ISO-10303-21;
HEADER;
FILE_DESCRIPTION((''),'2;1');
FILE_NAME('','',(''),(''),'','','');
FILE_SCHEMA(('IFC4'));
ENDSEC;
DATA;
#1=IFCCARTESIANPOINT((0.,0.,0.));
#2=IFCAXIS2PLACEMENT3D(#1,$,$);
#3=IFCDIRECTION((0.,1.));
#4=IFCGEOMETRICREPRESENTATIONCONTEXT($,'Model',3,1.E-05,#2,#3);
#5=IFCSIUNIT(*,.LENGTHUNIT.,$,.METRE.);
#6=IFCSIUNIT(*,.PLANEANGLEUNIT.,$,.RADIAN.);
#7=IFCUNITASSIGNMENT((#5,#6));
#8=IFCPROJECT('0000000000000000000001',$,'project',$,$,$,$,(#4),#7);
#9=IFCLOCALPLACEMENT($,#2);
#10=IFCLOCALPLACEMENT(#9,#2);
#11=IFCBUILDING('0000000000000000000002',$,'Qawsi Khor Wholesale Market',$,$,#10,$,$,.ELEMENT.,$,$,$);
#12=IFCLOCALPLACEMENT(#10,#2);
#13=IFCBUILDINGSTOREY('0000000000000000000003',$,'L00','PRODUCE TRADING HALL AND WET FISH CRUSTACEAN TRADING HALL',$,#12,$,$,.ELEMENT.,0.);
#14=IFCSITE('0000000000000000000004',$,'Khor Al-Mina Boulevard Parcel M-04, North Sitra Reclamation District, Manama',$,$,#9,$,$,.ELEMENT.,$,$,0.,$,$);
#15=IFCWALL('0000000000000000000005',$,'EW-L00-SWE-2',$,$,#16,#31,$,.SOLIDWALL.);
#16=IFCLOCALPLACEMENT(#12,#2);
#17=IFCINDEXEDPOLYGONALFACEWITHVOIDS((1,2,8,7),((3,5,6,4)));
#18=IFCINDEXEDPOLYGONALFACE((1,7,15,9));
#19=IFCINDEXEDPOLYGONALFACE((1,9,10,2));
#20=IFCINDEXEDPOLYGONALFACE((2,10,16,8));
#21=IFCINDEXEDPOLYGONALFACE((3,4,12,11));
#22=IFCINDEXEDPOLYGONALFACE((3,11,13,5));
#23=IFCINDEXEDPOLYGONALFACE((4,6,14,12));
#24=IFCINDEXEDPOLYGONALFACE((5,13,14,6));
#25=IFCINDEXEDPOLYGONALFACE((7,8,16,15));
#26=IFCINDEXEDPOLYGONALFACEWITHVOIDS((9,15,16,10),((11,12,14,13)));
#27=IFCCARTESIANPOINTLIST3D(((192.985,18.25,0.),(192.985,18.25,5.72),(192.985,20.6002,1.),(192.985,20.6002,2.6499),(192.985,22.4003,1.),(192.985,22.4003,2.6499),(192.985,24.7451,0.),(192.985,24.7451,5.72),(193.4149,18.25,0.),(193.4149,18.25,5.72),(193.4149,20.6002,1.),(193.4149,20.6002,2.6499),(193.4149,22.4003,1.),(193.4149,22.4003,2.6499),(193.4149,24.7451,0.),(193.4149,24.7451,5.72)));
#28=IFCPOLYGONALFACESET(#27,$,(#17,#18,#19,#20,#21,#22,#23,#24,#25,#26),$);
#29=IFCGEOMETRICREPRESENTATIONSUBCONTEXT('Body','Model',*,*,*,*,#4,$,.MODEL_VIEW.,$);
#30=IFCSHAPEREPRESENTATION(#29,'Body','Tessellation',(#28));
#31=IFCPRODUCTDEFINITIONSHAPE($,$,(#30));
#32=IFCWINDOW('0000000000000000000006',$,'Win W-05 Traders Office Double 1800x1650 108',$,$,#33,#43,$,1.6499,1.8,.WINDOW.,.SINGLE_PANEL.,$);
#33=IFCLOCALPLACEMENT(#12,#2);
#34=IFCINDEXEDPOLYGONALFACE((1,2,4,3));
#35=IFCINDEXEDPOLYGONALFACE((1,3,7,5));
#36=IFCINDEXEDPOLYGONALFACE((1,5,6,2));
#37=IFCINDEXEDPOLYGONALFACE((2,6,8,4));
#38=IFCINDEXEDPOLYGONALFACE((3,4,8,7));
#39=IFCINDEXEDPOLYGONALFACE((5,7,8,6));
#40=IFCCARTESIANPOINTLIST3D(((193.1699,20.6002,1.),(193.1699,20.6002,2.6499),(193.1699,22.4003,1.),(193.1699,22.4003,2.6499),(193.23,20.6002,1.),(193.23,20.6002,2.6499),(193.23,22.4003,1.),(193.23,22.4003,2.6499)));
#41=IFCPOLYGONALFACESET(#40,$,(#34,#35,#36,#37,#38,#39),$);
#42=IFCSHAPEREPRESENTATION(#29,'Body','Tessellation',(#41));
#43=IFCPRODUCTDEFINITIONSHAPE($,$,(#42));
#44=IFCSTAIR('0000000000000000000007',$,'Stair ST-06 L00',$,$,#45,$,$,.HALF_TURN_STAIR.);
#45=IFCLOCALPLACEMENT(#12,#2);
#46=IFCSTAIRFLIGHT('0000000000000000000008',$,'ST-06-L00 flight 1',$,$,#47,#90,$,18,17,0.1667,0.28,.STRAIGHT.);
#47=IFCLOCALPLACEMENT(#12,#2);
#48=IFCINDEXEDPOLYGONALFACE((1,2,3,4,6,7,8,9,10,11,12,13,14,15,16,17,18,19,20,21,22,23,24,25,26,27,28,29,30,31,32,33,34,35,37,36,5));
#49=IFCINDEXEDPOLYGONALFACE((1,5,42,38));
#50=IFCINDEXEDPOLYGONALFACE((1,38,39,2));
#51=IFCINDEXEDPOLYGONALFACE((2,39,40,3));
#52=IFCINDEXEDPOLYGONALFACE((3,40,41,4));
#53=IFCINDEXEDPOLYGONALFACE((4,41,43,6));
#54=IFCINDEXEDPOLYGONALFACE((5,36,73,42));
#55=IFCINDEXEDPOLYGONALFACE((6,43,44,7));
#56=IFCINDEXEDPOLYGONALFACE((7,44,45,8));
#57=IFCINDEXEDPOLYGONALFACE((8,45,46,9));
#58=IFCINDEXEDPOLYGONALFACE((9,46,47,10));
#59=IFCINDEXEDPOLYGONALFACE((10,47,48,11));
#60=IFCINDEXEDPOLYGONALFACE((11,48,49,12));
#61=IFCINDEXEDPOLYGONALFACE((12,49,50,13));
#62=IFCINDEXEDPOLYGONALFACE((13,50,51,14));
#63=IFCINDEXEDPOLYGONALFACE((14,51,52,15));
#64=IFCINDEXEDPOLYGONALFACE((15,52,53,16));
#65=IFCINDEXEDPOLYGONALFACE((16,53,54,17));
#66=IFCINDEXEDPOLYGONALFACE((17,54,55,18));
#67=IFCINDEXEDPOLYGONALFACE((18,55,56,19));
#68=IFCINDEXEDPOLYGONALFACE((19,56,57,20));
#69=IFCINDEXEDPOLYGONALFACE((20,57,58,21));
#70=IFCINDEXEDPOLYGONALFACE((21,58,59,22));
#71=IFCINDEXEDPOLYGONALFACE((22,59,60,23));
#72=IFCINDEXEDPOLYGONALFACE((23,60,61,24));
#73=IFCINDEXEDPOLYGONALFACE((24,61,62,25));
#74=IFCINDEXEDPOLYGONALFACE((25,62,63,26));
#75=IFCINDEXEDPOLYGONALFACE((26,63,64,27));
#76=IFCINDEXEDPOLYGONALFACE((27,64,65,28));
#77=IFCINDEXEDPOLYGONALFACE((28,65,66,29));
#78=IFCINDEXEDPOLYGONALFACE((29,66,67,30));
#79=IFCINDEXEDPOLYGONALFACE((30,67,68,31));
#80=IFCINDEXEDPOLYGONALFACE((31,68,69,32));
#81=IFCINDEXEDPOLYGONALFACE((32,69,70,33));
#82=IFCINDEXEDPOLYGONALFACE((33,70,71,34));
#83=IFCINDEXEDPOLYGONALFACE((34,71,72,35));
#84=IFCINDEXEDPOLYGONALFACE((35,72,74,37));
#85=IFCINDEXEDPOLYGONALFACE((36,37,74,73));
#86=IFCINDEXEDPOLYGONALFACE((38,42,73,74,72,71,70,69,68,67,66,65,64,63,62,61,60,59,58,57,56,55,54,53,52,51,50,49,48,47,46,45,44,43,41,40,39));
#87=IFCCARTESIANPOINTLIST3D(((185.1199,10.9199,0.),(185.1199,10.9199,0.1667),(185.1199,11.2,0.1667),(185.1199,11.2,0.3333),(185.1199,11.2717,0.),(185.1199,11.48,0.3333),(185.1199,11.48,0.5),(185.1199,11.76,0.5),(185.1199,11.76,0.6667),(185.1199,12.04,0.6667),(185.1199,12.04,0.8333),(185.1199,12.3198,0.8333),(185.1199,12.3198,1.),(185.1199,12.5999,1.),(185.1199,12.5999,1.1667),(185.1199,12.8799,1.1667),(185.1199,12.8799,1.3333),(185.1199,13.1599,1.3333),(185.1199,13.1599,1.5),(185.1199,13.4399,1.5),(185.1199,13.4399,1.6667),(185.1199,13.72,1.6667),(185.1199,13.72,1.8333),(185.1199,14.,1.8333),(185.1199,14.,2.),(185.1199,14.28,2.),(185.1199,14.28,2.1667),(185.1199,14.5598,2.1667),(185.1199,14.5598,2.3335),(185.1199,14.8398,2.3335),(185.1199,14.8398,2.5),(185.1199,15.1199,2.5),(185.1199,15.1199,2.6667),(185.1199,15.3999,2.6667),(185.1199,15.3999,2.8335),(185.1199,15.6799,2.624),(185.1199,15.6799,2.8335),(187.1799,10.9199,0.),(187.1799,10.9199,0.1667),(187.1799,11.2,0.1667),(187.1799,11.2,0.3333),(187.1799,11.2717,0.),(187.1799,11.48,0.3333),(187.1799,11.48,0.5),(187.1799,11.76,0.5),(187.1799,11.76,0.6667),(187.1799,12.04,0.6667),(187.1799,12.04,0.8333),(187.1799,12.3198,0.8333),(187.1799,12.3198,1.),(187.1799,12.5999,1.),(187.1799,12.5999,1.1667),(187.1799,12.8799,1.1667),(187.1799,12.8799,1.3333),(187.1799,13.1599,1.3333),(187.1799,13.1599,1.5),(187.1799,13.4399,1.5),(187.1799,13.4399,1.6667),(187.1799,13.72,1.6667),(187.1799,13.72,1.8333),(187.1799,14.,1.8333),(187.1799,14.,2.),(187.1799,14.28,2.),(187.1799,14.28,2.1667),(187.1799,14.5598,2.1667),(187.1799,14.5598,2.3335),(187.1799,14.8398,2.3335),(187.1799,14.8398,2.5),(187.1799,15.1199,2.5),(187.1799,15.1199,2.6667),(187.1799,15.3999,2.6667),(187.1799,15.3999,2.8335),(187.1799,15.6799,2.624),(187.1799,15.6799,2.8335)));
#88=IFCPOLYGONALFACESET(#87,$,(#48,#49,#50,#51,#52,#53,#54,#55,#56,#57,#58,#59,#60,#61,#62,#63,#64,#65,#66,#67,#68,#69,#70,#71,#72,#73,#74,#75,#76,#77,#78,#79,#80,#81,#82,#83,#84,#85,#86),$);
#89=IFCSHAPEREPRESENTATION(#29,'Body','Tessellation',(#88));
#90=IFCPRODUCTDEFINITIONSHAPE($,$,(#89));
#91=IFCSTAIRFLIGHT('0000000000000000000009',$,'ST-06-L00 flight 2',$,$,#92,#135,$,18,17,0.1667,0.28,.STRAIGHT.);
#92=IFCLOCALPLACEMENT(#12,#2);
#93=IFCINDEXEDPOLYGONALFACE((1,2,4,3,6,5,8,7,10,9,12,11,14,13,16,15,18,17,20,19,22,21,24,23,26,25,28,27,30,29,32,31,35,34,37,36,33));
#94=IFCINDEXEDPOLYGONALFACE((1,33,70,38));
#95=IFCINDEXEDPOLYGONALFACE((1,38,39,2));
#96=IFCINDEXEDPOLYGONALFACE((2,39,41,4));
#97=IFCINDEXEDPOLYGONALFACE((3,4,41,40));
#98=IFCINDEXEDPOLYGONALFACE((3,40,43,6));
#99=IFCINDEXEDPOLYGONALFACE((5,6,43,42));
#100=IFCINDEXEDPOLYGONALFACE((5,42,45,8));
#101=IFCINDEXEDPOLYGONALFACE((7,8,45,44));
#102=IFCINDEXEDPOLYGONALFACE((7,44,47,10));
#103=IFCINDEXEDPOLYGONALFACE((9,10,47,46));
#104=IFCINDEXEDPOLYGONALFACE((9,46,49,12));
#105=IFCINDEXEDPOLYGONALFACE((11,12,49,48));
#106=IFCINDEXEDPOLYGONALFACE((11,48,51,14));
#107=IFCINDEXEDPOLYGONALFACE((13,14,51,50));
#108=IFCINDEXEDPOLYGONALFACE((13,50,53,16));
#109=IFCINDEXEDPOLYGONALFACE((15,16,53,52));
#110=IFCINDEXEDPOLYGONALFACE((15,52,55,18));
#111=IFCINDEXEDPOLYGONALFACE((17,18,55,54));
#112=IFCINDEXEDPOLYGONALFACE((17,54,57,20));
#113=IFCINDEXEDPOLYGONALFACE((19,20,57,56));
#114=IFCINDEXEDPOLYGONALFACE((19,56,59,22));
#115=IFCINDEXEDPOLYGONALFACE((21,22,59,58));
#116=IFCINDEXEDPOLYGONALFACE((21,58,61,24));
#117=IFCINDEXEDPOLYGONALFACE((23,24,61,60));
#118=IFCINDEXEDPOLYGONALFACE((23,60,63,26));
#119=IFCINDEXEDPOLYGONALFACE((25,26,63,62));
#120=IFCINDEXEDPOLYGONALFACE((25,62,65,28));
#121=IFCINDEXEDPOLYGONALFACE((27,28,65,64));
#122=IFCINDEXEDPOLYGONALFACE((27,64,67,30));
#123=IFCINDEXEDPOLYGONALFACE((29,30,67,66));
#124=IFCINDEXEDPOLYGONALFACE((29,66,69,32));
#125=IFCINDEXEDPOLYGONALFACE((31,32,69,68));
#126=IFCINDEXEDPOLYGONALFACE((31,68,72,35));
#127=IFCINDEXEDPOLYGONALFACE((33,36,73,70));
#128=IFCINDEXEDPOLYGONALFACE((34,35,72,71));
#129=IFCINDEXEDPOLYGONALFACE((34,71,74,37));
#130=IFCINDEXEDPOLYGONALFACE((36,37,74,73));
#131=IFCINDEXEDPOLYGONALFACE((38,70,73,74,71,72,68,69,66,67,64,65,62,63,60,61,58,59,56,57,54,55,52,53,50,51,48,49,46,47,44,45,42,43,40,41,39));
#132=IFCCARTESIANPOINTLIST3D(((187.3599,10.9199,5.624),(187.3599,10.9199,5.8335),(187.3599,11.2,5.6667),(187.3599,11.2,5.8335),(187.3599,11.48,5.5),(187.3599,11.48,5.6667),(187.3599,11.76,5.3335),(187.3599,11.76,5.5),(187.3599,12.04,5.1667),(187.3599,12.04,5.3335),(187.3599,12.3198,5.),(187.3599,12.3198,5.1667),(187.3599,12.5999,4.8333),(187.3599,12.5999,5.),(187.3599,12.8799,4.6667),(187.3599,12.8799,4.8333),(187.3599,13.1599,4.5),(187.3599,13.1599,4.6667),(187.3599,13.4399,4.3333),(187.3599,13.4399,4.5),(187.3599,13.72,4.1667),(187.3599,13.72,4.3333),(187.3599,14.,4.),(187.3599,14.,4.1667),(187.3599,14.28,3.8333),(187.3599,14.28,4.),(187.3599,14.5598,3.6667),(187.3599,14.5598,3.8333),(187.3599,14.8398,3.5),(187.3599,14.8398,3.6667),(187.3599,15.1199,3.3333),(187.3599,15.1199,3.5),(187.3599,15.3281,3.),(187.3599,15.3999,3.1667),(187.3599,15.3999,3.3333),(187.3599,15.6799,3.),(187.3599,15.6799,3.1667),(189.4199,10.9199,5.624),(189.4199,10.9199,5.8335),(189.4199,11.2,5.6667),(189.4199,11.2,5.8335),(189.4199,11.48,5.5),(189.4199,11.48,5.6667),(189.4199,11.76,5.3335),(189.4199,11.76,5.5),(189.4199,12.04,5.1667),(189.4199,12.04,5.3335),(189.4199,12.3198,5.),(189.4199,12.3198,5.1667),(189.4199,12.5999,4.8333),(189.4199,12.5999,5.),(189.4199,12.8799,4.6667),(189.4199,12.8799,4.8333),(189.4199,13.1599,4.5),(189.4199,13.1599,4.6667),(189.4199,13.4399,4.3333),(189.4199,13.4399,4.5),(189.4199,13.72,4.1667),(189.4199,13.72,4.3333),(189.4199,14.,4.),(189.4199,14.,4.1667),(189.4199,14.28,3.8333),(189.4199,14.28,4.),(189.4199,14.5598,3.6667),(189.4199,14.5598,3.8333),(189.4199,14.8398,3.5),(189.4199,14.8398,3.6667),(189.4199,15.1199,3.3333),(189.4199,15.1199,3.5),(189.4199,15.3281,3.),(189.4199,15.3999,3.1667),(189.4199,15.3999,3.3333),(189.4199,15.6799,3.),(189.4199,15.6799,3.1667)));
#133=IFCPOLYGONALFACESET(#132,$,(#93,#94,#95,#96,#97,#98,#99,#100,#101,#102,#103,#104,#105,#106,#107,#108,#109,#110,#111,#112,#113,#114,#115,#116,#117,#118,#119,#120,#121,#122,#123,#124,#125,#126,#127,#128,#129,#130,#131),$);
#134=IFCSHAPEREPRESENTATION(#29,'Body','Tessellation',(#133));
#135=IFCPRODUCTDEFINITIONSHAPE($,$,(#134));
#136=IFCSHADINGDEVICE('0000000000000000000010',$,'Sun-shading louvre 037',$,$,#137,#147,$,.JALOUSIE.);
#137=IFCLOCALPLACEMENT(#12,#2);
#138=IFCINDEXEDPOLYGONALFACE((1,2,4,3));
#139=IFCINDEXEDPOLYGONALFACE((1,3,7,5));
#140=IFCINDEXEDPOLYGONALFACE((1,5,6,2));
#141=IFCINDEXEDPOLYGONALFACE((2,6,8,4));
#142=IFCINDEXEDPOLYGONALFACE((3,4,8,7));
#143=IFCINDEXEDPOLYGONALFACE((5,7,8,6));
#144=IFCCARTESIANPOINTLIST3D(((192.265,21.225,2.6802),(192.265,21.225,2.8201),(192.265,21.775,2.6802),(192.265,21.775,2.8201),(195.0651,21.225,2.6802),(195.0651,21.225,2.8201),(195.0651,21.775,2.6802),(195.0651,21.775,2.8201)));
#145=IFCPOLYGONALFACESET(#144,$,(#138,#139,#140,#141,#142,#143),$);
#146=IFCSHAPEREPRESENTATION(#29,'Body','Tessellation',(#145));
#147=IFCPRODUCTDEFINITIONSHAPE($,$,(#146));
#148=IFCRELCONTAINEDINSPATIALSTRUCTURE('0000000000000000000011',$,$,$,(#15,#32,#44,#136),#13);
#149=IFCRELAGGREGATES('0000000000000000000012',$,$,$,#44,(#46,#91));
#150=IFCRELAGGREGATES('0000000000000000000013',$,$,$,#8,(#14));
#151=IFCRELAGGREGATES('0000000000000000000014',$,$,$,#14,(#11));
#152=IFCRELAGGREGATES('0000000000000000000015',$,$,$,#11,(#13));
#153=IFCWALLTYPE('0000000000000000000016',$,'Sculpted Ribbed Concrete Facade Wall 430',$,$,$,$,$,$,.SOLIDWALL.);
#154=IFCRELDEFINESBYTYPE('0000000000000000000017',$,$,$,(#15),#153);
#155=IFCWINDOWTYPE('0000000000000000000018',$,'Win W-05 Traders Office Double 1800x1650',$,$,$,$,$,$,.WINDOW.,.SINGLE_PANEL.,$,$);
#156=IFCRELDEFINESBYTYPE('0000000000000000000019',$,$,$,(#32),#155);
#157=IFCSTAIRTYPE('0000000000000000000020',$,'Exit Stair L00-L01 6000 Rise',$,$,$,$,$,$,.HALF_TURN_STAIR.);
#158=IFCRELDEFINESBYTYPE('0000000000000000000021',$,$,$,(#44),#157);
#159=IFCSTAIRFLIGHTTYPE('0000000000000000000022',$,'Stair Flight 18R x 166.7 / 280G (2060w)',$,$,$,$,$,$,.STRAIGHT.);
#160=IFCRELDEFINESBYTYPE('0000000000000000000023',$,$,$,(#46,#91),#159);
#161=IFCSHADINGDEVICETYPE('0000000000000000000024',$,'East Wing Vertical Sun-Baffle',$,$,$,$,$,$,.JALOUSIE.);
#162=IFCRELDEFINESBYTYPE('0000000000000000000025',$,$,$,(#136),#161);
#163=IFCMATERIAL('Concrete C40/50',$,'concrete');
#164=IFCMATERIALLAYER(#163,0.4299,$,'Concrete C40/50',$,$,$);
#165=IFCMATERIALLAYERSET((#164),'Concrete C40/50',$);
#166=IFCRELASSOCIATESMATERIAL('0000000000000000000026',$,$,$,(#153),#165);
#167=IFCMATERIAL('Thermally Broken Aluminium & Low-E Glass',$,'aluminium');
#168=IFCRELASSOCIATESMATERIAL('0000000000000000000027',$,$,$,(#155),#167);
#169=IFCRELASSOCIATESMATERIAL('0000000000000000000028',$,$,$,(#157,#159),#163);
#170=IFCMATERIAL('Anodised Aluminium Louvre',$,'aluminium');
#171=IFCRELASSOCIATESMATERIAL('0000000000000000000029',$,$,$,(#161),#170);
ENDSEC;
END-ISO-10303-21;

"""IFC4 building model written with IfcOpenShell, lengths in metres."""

from ifc_helpers import new_model, si_unit, direction, frame, frame_2d, origin, origin_2d, place, context, subcontext, project, spatial, polyline, rectangle, outline, extrude, material, layer, layer_set, type_object, element, fill, aggregate, save


model = new_model("IFC4")

# Units and contexts
model_context = context("Model", 3, precision=1e-05, world=origin(), true_north=direction((0.0, 1.0)))
body_context = subcontext(model_context, "Body", "Model", "MODEL_VIEW")
ifc_project = project(units=[si_unit("LENGTHUNIT", "METRE"), si_unit("PLANEANGLEUNIT", "RADIAN")], contexts=[model_context])

# Site, building, storey
site_placement = place(None, origin())
site = spatial("IfcSite", under=ifc_project, at=site_placement, Name="Khor Al-Mina Boulevard Parcel M-04, North Sitra Reclamation District, Manama", CompositionType="ELEMENT", RefElevation=0.0)
building_placement = place(site_placement, origin())
building = spatial("IfcBuilding", under=site, at=building_placement, Name="Qawsi Khor Wholesale Market", CompositionType="ELEMENT")
storey_placement = place(building_placement, origin())
storey = spatial("IfcBuildingStorey", under=building, at=storey_placement, Name="L00", Description="PRODUCE TRADING HALL AND WET FISH CRUSTACEAN TRADING HALL", CompositionType="ELEMENT", Elevation=0.0)

# Shared definitions
ifc_material_1 = material(Name="Concrete C40/50", Category="concrete")

# Wall, opening, window
ifc_layer_1 = layer(ifc_material_1, 0.4299, Name="Concrete C40/50")
ifc_layer_set_1 = layer_set([ifc_layer_1], Name="Concrete C40/50")
wall_type_1 = type_object("IfcWallType", Name="Sculpted Ribbed Concrete Facade Wall 430", PredefinedType="SOLIDWALL", material=ifc_layer_set_1)
wall_1_placement = place(storey_placement, frame((193.2, 24.7451, 0.0), z_axis=(0.0, 0.0, 1.0), x_axis=(0.0, -1.0, 0.0)))
wall_1 = element("IfcWall", 1, at=wall_1_placement, inside=storey, type_object=wall_type_1, Name="EW-L00-SWE-2", PredefinedType="SOLIDWALL", context=body_context, shape_type="SweptSolid", body=[
    extrude(rectangle(XDim=6.4951, YDim=0.4299, at=frame_2d((3.2476, 0.0))), origin(), (0.0, 0.0, 1.0), 5.72),
])
opening_1_placement = place(wall_1_placement, frame((2.345, 0.0, 1.0)))
opening_1 = element("IfcOpeningElement", 2, at=opening_1_placement, cuts=wall_1, PredefinedType="OPENING", context=body_context, shape_type="SweptSolid", body=[
    extrude(rectangle(XDim=1.8, YDim=1.6499, at=frame_2d((0.8999, 0.825))), frame((0.0, 0.2249, 0.0), z_axis=(0.0, -1.0, 0.0), x_axis=(1.0, 0.0, 0.0)), (0.0, 0.0, 1.0), 0.45),
])
ifc_material_2 = material(Name="Thermally Broken Aluminium & Low-E Glass", Category="aluminium")
window_type = type_object("IfcWindowType", Name="Win W-05 Traders Office Double 1800x1650", PartitioningType="SINGLE_PANEL", PredefinedType="WINDOW", material=ifc_material_2)
window_placement = place(opening_1_placement, origin())
window = element("IfcWindow", 3, at=window_placement, inside=storey, type_object=window_type, Name="Win W-05 Traders Office Double 1800x1650 108", OverallHeight=1.6499, OverallWidth=1.8, PartitioningType="SINGLE_PANEL", PredefinedType="WINDOW", context=body_context, shape_type="SweptSolid", body=[
    extrude(rectangle(XDim=1.8, YDim=1.6499, at=frame_2d((0.8999, 0.825))), frame((0.0, 0.03, 0.0), z_axis=(0.0, -1.0, 0.0), x_axis=(1.0, 0.0, 0.0)), (0.0, 0.0, 1.0), 0.0601),
])
fill(opening_1, window)

# Stair, stair flights
stair_type = type_object("IfcStairType", Name="Exit Stair L00-L01 6000 Rise", PredefinedType="HALF_TURN_STAIR", material=ifc_material_1)
stair_placement = place(storey_placement, origin())
stair = element("IfcStair", 4, at=stair_placement, inside=storey, type_object=stair_type, Name="Stair ST-06 L00", PredefinedType="HALF_TURN_STAIR")
stair_flight_type = type_object("IfcStairFlightType", Name="Stair Flight 18R x 166.7 / 280G (2060w)", PredefinedType="STRAIGHT", material=ifc_material_1)
stair_flight_1_placement = place(storey_placement, frame((186.1499, 10.9199, 0.0), z_axis=(0.0, 0.0, 1.0), x_axis=(0.0, 1.0, 0.0)))
stair_flight_1 = element("IfcStairFlight", 5, at=stair_flight_1_placement, type_object=stair_flight_type, Name="ST-06-L00 flight 1", NumberOfRisers=18, NumberOfTreads=17, PredefinedType="STRAIGHT", RiserHeight=0.1667, TreadLength=0.28, context=body_context, shape_type="SweptSolid", body=[
    extrude(outline(polyline([(0.0, 0.0), (0.0, 0.1667), (0.28, 0.1667), (0.28, 0.3333), (0.5601, 0.3333), (0.5601, 0.5), (0.8401, 0.5), (0.8401, 0.6667), (1.1201, 0.6667), (1.1201, 0.8333), (1.3999, 0.8333), (1.3999, 1.0), (1.6799, 1.0), (1.6799, 1.1667), (1.96, 1.1667), (1.96, 1.3333), (2.24, 1.3333), (2.24, 1.5), (2.52, 1.5), (2.52, 1.6667), (2.8, 1.6667), (2.8, 1.8333), (3.0801, 1.8333), (3.0801, 2.0), (3.3601, 2.0), (3.3601, 2.1667), (3.6399, 2.1667), (3.6399, 2.3335), (3.9199, 2.3335), (3.9199, 2.5), (4.2, 2.5), (4.2, 2.6667), (4.48, 2.6667), (4.48, 2.8335), (4.76, 2.8335), (4.76, 3.0), (4.76, 2.624), (0.3518, 0.0), (0.0, 0.0)])), frame((0.0, 1.03, 0.0), z_axis=(0.0, -1.0, 0.0), x_axis=(1.0, 0.0, 0.0)), (0.0, 0.0, 1.0), 2.0601),
])
stair_flight_2_placement = place(storey_placement, frame((188.3899, 15.6799, 3.0), z_axis=(0.0, 0.0, 1.0), x_axis=(0.0, -1.0, 0.0)))
stair_flight_2 = element("IfcStairFlight", 6, at=stair_flight_2_placement, type_object=stair_flight_type, Name="ST-06-L00 flight 2", NumberOfRisers=18, NumberOfTreads=17, PredefinedType="STRAIGHT", RiserHeight=0.1667, TreadLength=0.28, context=body_context, shape_type="SweptSolid", body=[
    extrude(outline(polyline([(0.0, 0.0), (0.0, 0.1667), (0.28, 0.1667), (0.28, 0.3333), (0.5601, 0.3333), (0.5601, 0.5), (0.8401, 0.5), (0.8401, 0.6667), (1.1201, 0.6667), (1.1201, 0.8333), (1.3999, 0.8333), (1.3999, 1.0), (1.6799, 1.0), (1.6799, 1.1667), (1.96, 1.1667), (1.96, 1.3333), (2.24, 1.3333), (2.24, 1.5), (2.52, 1.5), (2.52, 1.6667), (2.8, 1.6667), (2.8, 1.8333), (3.0801, 1.8333), (3.0801, 2.0), (3.3601, 2.0), (3.3601, 2.1667), (3.6399, 2.1667), (3.6399, 2.3335), (3.9199, 2.3335), (3.9199, 2.5), (4.2, 2.5), (4.2, 2.6667), (4.48, 2.6667), (4.48, 2.8335), (4.76, 2.8335), (4.76, 3.0), (4.76, 2.624), (0.3518, 0.0), (0.0, 0.0)])), frame((0.0, 1.03, 0.0), z_axis=(0.0, -1.0, 0.0), x_axis=(1.0, 0.0, 0.0)), (0.0, 0.0, 1.0), 2.0601),
])
aggregate(stair, [stair_flight_1, stair_flight_2])

# Shading device
ifc_material_3 = material(Name="Anodised Aluminium Louvre", Category="aluminium")
shading_device_type = type_object("IfcShadingDeviceType", Name="East Wing Vertical Sun-Baffle", PredefinedType="JALOUSIE", material=ifc_material_3)
shading_device_placement = place(storey_placement, frame((193.665, 21.5, 2.6802), z_axis=(0.0, 0.0, 1.0), x_axis=(1.0, 0.0, 0.0)))
element("IfcShadingDevice", 7, at=shading_device_placement, inside=storey, type_object=shading_device_type, Name="Sun-shading louvre 037", PredefinedType="JALOUSIE", context=body_context, shape_type="SweptSolid", body=[
    extrude(rectangle(XDim=2.8, YDim=0.55, at=origin_2d()), origin(), (0.0, 0.0, 1.0), 0.1399),
])

save(model, "model.ifc")
